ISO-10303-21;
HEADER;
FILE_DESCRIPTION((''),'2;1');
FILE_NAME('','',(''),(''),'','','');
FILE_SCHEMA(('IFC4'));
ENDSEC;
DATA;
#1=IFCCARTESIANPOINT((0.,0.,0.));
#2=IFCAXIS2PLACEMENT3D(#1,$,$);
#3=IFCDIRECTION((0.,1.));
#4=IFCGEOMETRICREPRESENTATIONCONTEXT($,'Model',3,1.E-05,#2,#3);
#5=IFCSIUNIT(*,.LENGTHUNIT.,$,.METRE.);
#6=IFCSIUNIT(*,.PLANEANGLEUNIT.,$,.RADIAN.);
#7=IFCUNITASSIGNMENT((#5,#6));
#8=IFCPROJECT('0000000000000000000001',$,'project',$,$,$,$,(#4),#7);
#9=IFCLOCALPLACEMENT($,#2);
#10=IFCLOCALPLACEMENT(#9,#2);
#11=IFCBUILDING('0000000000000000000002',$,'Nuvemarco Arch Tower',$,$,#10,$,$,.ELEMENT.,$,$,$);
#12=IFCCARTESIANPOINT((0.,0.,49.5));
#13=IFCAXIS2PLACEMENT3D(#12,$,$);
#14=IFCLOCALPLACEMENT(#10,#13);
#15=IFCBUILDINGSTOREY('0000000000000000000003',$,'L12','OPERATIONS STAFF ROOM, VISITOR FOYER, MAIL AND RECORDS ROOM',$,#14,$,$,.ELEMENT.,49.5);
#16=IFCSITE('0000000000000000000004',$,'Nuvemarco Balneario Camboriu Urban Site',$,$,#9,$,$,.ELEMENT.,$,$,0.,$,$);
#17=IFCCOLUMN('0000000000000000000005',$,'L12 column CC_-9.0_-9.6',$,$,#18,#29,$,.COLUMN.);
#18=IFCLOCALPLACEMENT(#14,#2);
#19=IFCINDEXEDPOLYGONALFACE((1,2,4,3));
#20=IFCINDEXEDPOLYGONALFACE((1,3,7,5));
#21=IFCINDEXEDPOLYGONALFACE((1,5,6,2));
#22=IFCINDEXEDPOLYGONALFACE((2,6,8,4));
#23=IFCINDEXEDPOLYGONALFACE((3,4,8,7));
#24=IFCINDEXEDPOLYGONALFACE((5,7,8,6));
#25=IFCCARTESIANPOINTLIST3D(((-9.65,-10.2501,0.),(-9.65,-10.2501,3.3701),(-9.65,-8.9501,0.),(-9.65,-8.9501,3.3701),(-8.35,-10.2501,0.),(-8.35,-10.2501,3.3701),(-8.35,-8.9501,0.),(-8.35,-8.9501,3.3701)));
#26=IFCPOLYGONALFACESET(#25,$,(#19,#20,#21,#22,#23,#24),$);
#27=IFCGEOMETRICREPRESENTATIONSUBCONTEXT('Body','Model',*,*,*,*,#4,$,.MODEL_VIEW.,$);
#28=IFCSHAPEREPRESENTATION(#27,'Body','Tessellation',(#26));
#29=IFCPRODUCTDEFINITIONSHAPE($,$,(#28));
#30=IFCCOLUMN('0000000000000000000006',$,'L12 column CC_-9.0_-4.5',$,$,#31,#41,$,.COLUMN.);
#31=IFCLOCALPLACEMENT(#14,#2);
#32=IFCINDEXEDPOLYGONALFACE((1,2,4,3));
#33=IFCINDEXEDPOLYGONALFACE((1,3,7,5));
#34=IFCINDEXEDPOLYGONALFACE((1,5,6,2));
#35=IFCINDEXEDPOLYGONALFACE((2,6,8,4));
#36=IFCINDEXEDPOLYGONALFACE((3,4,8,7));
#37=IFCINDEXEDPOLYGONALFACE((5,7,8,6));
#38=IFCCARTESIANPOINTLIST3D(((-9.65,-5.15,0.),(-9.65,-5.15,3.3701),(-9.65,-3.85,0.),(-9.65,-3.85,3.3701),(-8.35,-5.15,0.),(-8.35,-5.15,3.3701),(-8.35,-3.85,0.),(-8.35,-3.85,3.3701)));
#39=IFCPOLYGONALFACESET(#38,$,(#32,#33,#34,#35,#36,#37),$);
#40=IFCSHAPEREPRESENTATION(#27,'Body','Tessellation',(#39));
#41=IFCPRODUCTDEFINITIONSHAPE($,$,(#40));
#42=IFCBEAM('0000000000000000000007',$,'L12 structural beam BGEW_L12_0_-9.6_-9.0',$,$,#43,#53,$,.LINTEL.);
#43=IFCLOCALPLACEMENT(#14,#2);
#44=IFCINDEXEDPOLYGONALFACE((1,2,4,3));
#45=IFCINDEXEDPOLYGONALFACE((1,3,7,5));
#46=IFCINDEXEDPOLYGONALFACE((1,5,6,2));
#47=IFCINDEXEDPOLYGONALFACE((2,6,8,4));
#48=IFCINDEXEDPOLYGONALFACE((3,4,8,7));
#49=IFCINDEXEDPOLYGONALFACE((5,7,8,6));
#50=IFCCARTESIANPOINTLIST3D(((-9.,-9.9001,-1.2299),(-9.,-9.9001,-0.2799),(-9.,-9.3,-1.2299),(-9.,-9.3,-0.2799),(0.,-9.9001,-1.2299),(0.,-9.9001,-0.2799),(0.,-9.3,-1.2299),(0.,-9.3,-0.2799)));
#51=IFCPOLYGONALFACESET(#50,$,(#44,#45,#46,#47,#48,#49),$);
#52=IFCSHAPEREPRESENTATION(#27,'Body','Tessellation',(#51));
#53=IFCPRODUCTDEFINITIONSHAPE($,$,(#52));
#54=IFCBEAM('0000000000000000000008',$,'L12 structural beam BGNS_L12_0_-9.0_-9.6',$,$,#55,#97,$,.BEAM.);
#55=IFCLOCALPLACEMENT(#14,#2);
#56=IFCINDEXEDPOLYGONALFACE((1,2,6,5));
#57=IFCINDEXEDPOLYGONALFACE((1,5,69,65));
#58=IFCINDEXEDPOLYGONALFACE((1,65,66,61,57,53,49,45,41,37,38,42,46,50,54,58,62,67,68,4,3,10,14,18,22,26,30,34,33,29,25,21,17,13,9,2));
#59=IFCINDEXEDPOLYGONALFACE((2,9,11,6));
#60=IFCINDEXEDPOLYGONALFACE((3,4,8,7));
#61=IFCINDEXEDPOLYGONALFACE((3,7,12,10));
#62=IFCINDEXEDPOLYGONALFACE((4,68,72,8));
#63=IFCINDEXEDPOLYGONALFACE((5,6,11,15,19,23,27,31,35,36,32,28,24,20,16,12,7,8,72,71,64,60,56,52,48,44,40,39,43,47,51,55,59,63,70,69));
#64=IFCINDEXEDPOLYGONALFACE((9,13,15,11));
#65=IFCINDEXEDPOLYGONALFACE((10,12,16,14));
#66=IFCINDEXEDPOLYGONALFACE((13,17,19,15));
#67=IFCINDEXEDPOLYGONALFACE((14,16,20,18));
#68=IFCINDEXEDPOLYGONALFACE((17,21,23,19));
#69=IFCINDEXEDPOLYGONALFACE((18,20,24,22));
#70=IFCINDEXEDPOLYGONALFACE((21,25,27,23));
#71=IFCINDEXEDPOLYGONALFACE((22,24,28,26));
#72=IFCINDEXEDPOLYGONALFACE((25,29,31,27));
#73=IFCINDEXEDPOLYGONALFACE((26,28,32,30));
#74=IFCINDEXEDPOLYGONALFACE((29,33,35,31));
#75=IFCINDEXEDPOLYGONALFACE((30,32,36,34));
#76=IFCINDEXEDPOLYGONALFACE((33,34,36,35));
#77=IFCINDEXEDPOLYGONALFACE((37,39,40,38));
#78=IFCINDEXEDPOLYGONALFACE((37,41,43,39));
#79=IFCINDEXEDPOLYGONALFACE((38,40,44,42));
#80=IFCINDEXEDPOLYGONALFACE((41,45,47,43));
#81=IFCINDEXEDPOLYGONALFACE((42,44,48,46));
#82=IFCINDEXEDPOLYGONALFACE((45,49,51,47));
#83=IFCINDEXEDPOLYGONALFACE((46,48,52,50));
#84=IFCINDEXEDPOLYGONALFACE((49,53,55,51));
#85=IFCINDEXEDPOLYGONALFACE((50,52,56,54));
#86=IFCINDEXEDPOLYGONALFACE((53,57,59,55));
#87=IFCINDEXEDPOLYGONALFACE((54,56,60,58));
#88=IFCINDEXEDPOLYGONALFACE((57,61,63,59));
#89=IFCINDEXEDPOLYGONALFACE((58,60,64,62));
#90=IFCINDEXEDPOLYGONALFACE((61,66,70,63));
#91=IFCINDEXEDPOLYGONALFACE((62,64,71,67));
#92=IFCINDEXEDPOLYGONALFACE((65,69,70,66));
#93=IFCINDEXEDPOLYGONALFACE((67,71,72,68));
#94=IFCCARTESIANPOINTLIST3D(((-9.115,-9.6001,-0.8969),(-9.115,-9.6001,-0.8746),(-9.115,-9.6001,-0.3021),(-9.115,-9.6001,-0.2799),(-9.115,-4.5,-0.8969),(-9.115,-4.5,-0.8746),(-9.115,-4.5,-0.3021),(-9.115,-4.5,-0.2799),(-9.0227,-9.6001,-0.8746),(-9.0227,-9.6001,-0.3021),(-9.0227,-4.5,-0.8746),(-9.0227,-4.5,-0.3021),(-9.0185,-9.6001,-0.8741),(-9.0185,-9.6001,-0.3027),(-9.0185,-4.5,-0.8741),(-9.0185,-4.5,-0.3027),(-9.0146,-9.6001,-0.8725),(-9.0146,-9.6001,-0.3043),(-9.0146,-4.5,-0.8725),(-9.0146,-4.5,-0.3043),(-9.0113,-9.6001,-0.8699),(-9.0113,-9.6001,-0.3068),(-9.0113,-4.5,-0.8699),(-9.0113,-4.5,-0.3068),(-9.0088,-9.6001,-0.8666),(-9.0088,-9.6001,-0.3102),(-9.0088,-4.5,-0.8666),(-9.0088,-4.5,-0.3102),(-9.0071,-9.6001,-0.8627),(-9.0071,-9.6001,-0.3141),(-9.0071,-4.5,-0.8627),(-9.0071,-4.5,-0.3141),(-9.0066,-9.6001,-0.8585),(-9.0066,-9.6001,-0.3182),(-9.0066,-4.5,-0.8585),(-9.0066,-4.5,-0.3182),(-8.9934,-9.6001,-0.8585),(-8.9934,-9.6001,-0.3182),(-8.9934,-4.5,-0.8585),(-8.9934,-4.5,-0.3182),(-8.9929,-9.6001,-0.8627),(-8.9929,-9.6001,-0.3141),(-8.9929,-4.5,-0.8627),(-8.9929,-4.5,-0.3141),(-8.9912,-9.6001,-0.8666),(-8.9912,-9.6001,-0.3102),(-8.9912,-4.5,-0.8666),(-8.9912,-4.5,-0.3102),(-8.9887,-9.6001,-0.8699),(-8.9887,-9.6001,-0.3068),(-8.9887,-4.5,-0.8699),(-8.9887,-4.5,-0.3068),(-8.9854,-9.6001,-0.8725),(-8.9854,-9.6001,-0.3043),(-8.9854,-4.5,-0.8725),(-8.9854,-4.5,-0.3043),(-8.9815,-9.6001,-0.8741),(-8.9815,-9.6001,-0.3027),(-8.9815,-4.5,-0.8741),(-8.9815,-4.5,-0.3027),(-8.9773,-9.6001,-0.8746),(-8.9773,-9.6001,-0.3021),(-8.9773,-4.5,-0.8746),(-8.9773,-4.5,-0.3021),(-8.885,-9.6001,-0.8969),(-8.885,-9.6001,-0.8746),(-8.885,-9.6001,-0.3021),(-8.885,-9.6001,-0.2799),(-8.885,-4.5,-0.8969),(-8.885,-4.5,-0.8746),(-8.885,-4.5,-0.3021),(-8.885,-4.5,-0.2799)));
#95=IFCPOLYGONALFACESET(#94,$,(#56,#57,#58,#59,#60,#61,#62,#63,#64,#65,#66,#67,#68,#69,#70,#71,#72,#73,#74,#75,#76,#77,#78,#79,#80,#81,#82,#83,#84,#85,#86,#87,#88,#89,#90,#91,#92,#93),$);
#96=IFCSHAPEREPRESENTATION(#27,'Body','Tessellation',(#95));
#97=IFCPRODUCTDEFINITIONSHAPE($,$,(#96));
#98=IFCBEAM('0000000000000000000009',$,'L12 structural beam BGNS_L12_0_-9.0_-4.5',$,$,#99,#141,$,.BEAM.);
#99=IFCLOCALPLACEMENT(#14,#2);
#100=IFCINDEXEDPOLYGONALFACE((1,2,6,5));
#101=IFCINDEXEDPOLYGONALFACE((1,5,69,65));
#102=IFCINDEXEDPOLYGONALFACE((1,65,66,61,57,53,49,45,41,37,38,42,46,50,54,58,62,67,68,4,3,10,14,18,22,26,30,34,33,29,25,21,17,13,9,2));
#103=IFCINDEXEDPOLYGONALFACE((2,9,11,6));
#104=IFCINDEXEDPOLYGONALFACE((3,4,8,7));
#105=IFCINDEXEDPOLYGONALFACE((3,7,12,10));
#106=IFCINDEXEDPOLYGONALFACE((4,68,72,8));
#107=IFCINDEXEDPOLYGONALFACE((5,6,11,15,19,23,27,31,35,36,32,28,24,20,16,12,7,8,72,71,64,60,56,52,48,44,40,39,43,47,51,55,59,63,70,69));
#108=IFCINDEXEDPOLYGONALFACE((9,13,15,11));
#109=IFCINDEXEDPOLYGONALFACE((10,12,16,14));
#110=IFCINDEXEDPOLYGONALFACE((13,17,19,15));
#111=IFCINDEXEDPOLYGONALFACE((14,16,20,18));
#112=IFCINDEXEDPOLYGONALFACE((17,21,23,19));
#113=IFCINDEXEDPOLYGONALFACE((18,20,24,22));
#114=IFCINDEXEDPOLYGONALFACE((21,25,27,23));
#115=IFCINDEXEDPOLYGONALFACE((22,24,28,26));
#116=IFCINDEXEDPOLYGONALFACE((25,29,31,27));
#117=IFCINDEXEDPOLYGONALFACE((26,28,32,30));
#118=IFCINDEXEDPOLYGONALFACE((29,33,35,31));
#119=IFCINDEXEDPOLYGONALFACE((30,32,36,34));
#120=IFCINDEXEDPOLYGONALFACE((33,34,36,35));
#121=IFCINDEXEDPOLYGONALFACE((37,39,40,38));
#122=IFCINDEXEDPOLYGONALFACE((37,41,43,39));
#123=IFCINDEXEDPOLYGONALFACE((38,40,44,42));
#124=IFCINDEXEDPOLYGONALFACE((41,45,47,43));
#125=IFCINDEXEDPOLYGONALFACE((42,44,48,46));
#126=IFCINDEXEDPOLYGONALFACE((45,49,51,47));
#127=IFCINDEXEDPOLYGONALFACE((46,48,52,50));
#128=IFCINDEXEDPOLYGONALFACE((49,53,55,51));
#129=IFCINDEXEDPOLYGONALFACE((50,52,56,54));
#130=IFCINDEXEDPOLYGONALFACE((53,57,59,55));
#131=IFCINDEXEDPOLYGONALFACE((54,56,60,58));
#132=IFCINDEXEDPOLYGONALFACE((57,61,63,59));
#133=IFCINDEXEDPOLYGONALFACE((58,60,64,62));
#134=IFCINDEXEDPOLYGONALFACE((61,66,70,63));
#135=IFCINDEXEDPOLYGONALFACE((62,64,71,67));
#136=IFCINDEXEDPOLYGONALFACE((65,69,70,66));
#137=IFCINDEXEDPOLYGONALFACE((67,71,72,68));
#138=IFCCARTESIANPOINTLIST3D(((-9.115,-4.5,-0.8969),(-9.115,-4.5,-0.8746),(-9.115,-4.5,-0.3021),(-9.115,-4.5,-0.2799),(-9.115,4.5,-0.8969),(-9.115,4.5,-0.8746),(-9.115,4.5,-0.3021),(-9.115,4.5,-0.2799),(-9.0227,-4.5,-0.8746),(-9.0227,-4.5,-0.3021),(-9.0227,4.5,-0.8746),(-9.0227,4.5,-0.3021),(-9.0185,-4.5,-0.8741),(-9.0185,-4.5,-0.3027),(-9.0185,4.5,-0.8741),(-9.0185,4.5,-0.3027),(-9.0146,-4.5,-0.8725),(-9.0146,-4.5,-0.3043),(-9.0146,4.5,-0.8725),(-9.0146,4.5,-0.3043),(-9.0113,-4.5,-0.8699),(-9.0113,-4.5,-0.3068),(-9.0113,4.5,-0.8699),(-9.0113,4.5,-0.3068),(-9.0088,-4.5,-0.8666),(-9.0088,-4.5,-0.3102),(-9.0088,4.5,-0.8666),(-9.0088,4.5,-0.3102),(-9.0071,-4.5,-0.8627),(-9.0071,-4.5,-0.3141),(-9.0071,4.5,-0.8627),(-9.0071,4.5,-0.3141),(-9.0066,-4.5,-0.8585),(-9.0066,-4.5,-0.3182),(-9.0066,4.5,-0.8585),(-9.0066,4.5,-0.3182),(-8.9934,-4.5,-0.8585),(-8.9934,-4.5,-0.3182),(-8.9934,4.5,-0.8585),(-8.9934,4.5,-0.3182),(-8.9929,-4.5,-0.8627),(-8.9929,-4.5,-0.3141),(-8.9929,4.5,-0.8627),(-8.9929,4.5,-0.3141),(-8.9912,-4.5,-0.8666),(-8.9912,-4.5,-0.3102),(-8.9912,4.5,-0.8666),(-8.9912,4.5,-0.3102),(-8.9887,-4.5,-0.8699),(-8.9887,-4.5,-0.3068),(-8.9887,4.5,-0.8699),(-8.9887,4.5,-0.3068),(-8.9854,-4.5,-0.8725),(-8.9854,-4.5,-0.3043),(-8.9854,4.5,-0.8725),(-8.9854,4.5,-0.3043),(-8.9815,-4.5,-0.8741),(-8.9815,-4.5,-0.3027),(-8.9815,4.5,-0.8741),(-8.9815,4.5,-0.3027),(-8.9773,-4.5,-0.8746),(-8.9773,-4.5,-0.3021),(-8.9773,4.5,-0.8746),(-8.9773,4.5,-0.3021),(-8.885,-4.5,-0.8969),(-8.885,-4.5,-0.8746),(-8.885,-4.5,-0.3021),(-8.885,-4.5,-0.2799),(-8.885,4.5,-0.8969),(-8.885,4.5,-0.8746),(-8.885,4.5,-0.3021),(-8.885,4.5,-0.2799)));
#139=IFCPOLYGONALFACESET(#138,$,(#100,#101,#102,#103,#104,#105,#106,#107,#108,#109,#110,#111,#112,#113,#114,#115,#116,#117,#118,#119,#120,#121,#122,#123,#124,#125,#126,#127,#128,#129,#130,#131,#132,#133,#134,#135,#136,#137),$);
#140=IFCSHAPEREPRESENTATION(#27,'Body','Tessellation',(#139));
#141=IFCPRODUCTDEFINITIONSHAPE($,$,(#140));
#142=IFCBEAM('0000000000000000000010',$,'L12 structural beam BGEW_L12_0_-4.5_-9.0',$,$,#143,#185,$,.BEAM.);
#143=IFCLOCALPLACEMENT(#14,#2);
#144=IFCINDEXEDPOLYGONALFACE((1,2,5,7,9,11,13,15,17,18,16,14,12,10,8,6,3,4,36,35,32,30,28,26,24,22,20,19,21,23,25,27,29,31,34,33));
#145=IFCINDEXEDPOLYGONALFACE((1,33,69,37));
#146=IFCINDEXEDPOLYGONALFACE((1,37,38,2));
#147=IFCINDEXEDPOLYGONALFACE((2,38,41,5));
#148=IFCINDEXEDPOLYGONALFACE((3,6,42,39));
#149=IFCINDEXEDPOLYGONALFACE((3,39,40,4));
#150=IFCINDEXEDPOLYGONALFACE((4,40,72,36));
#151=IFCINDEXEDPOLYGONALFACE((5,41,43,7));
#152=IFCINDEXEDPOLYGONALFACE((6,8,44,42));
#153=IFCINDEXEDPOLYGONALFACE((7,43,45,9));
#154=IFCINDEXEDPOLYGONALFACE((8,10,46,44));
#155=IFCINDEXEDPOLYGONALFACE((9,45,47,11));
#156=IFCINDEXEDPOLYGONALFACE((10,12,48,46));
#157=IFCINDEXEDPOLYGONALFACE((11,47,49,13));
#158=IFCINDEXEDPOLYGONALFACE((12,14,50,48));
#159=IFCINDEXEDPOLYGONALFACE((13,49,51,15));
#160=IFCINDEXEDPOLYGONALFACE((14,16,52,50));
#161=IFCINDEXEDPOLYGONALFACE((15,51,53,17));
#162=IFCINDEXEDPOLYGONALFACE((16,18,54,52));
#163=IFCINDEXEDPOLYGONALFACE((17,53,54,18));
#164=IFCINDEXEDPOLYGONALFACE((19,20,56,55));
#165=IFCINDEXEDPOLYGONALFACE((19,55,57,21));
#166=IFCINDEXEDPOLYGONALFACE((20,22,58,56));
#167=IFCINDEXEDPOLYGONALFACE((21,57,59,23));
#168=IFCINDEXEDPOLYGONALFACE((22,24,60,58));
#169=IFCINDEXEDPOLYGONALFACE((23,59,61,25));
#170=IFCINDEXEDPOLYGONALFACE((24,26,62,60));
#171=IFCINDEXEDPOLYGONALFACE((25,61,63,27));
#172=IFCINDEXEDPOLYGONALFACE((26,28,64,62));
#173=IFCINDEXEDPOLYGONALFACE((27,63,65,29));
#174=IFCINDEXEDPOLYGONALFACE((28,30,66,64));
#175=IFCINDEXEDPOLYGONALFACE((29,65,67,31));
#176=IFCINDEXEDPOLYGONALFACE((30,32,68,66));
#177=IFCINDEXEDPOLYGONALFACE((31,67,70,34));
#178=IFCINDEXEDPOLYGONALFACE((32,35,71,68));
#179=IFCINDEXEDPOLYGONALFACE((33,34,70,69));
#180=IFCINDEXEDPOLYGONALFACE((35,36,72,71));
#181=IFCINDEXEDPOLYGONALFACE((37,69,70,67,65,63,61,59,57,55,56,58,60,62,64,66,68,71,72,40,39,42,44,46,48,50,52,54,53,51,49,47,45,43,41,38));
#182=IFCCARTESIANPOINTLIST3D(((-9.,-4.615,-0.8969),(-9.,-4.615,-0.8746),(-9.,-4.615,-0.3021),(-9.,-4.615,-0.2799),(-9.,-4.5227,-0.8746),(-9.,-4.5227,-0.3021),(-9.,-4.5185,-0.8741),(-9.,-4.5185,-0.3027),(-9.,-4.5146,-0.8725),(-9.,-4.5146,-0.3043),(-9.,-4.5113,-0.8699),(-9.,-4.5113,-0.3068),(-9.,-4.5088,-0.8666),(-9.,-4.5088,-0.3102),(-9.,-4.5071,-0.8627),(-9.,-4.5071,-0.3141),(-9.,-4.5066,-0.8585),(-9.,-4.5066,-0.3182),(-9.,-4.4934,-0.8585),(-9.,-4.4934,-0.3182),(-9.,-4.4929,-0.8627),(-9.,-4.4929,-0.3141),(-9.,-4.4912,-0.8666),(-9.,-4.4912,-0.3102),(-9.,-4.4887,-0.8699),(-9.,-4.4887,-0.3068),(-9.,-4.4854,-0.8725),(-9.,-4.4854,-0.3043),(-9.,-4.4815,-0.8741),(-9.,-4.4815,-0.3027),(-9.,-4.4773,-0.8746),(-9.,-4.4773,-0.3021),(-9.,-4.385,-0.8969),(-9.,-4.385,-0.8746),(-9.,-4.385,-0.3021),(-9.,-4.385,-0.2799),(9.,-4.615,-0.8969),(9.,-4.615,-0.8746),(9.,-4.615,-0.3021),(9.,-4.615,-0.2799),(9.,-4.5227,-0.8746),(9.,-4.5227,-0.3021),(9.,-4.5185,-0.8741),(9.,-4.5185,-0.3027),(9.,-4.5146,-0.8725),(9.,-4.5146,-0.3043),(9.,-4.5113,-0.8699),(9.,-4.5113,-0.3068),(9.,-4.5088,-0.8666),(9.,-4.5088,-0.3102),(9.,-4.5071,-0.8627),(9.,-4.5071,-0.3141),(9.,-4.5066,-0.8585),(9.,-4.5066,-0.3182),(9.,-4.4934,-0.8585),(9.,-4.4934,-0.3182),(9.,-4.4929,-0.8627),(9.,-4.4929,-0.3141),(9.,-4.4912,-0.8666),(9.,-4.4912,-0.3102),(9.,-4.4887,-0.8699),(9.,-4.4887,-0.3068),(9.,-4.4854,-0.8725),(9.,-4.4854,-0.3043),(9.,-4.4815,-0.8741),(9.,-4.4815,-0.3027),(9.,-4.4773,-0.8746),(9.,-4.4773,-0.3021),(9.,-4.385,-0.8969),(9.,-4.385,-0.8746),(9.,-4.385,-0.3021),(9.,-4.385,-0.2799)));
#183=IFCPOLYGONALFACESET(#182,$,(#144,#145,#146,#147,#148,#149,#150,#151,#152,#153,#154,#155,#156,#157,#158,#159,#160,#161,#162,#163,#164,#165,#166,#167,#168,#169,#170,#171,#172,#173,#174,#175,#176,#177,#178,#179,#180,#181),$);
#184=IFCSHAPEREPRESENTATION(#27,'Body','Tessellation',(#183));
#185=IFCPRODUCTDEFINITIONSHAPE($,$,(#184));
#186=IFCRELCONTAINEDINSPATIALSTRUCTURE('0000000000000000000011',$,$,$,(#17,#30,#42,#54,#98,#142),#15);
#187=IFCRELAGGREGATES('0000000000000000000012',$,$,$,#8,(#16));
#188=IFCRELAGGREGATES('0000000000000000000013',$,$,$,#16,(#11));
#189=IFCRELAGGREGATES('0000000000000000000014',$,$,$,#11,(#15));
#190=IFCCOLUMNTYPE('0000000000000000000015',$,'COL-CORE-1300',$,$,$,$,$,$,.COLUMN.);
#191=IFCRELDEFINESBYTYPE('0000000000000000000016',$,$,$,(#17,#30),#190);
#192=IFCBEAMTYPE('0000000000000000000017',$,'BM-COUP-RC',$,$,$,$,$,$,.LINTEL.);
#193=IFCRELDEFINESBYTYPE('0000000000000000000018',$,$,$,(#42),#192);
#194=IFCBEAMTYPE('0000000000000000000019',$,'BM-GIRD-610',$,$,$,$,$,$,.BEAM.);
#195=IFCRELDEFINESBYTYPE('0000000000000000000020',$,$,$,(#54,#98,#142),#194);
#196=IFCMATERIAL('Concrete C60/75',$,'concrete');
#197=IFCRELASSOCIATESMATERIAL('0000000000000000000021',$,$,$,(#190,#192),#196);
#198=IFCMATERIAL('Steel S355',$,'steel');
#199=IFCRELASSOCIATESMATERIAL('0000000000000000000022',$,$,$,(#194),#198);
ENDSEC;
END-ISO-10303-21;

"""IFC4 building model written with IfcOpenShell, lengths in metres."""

from ifc_helpers import new_model, si_unit, direction, frame, origin, origin_2d, place, context, subcontext, project, spatial, rectangle, i_section, extrude, material, material_profile, profile_set, type_object, element, save


model = new_model("IFC4")

# Units and contexts
model_context = context("Model", 3, precision=1e-05, world=origin(), true_north=direction((0.0, 1.0)))
body_context = subcontext(model_context, "Body", "Model", "MODEL_VIEW")
ifc_project = project(units=[si_unit("LENGTHUNIT", "METRE"), si_unit("PLANEANGLEUNIT", "RADIAN")], contexts=[model_context])

# Site, building, storey
site_placement = place(None, origin())
site = spatial("IfcSite", under=ifc_project, at=site_placement, Name="Nuvemarco Balneario Camboriu Urban Site", CompositionType="ELEMENT", RefElevation=0.0)
building_placement = place(site_placement, origin())
building = spatial("IfcBuilding", under=site, at=building_placement, Name="Nuvemarco Arch Tower", CompositionType="ELEMENT")
storey_placement = place(building_placement, frame((0.0, 0.0, 49.5)))
storey = spatial("IfcBuildingStorey", under=building, at=storey_placement, Name="L12", Description="OPERATIONS STAFF ROOM, VISITOR FOYER, MAIL AND RECORDS ROOM", CompositionType="ELEMENT", Elevation=49.5)

# Columns
ifc_material_1 = material(Name="Concrete C60/75", Category="concrete")
ifc_material_profile_1 = material_profile(ifc_material_1, rectangle(XDim=1.3, YDim=1.3, at=origin_2d()), Name="RC-COL-1300x1300")
ifc_profile_set_1 = profile_set([ifc_material_profile_1], Name="Concrete C60/75")
column_type = type_object("IfcColumnType", Name="COL-CORE-1300", PredefinedType="COLUMN", material=ifc_profile_set_1)
for number, where, z_axis, x_axis, name in (
    (1, (-9.0, -9.6001, 0.0), (0.0, 0.0, 1.0), (1.0, 0.0, 0.0), "L12 column CC_-9.0_-9.6"),
    (2, (-9.0, -4.5, 0.0), (0.0, 0.0, 1.0), (1.0, 0.0, 0.0), "L12 column CC_-9.0_-4.5"),
):
    element("IfcColumn", number, at=place(storey_placement, frame(where, z_axis=z_axis, x_axis=x_axis)), inside=storey, type_object=column_type, Name=name, PredefinedType="COLUMN", context=body_context, shape_type="SweptSolid", body=[
        extrude(rectangle(XDim=1.3, YDim=1.3, at=origin_2d()), origin(), (0.0, 0.0, 1.0), 3.3701),
    ])

# Beams
ifc_material_profile_2 = material_profile(ifc_material_1, rectangle(XDim=0.6001, YDim=0.95, at=origin_2d()), Name="RC-BM-600x950")
ifc_profile_set_2 = profile_set([ifc_material_profile_2], Name="Concrete C60/75")
beam_type_1 = type_object("IfcBeamType", Name="BM-COUP-RC", PredefinedType="LINTEL", material=ifc_profile_set_2)
beam_1_placement = place(storey_placement, frame((-9.0, -9.6001, -0.7549), z_axis=(1.0, 0.0, 0.0), x_axis=(0.0, 1.0, 0.0)))
element("IfcBeam", 3, at=beam_1_placement, inside=storey, type_object=beam_type_1, Name="L12 structural beam BGEW_L12_0_-9.6_-9.0", PredefinedType="LINTEL", context=body_context, shape_type="SweptSolid", body=[
    extrude(rectangle(XDim=0.6001, YDim=0.95, at=origin_2d()), origin(), (0.0, 0.0, 1.0), 9.0),
])
ifc_material_2 = material(Name="Steel S355", Category="steel")
ifc_material_profile_3 = material_profile(ifc_material_2, i_section(OverallWidth=0.23, OverallDepth=0.6169, WebThickness=0.0132, FlangeThickness=0.0222, FilletRadius=0.0161, at=origin_2d()), Name="W610x140")
ifc_profile_set_3 = profile_set([ifc_material_profile_3], Name="Steel S355")
beam_type_2 = type_object("IfcBeamType", Name="BM-GIRD-610", PredefinedType="BEAM", material=ifc_profile_set_3)
beam_2_placement = place(storey_placement, frame((-9.0, -9.6001, -0.5884), z_axis=(0.0, 1.0, 0.0), x_axis=(-1.0, 0.0, 0.0)))
element("IfcBeam", 4, at=beam_2_placement, inside=storey, type_object=beam_type_2, Name="L12 structural beam BGNS_L12_0_-9.0_-9.6", PredefinedType="BEAM", context=body_context, shape_type="SweptSolid", body=[
    extrude(i_section(OverallWidth=0.23, OverallDepth=0.6169, WebThickness=0.0132, FlangeThickness=0.0222, FilletRadius=0.0161, at=origin_2d()), origin(), (0.0, 0.0, 1.0), 5.1001),
])
beam_3_placement = place(storey_placement, frame((-9.0, -4.5, -0.5884), z_axis=(0.0, 1.0, 0.0), x_axis=(-1.0, 0.0, 0.0)))
element("IfcBeam", 5, at=beam_3_placement, inside=storey, type_object=beam_type_2, Name="L12 structural beam BGNS_L12_0_-9.0_-4.5", PredefinedType="BEAM", context=body_context, shape_type="SweptSolid", body=[
    extrude(i_section(OverallWidth=0.23, OverallDepth=0.6169, WebThickness=0.0132, FlangeThickness=0.0222, FilletRadius=0.0161, at=origin_2d()), origin(), (0.0, 0.0, 1.0), 9.0),
])
beam_4_placement = place(storey_placement, frame((-9.0, -4.5, -0.5884), z_axis=(1.0, 0.0, 0.0), x_axis=(0.0, 1.0, 0.0)))
element("IfcBeam", 6, at=beam_4_placement, inside=storey, type_object=beam_type_2, Name="L12 structural beam BGEW_L12_0_-4.5_-9.0", PredefinedType="BEAM", context=body_context, shape_type="SweptSolid", body=[
    extrude(i_section(OverallWidth=0.23, OverallDepth=0.6169, WebThickness=0.0132, FlangeThickness=0.0222, FilletRadius=0.0161, at=origin_2d()), origin(), (0.0, 0.0, 1.0), 18.0),
])

save(model, "model.ifc")
